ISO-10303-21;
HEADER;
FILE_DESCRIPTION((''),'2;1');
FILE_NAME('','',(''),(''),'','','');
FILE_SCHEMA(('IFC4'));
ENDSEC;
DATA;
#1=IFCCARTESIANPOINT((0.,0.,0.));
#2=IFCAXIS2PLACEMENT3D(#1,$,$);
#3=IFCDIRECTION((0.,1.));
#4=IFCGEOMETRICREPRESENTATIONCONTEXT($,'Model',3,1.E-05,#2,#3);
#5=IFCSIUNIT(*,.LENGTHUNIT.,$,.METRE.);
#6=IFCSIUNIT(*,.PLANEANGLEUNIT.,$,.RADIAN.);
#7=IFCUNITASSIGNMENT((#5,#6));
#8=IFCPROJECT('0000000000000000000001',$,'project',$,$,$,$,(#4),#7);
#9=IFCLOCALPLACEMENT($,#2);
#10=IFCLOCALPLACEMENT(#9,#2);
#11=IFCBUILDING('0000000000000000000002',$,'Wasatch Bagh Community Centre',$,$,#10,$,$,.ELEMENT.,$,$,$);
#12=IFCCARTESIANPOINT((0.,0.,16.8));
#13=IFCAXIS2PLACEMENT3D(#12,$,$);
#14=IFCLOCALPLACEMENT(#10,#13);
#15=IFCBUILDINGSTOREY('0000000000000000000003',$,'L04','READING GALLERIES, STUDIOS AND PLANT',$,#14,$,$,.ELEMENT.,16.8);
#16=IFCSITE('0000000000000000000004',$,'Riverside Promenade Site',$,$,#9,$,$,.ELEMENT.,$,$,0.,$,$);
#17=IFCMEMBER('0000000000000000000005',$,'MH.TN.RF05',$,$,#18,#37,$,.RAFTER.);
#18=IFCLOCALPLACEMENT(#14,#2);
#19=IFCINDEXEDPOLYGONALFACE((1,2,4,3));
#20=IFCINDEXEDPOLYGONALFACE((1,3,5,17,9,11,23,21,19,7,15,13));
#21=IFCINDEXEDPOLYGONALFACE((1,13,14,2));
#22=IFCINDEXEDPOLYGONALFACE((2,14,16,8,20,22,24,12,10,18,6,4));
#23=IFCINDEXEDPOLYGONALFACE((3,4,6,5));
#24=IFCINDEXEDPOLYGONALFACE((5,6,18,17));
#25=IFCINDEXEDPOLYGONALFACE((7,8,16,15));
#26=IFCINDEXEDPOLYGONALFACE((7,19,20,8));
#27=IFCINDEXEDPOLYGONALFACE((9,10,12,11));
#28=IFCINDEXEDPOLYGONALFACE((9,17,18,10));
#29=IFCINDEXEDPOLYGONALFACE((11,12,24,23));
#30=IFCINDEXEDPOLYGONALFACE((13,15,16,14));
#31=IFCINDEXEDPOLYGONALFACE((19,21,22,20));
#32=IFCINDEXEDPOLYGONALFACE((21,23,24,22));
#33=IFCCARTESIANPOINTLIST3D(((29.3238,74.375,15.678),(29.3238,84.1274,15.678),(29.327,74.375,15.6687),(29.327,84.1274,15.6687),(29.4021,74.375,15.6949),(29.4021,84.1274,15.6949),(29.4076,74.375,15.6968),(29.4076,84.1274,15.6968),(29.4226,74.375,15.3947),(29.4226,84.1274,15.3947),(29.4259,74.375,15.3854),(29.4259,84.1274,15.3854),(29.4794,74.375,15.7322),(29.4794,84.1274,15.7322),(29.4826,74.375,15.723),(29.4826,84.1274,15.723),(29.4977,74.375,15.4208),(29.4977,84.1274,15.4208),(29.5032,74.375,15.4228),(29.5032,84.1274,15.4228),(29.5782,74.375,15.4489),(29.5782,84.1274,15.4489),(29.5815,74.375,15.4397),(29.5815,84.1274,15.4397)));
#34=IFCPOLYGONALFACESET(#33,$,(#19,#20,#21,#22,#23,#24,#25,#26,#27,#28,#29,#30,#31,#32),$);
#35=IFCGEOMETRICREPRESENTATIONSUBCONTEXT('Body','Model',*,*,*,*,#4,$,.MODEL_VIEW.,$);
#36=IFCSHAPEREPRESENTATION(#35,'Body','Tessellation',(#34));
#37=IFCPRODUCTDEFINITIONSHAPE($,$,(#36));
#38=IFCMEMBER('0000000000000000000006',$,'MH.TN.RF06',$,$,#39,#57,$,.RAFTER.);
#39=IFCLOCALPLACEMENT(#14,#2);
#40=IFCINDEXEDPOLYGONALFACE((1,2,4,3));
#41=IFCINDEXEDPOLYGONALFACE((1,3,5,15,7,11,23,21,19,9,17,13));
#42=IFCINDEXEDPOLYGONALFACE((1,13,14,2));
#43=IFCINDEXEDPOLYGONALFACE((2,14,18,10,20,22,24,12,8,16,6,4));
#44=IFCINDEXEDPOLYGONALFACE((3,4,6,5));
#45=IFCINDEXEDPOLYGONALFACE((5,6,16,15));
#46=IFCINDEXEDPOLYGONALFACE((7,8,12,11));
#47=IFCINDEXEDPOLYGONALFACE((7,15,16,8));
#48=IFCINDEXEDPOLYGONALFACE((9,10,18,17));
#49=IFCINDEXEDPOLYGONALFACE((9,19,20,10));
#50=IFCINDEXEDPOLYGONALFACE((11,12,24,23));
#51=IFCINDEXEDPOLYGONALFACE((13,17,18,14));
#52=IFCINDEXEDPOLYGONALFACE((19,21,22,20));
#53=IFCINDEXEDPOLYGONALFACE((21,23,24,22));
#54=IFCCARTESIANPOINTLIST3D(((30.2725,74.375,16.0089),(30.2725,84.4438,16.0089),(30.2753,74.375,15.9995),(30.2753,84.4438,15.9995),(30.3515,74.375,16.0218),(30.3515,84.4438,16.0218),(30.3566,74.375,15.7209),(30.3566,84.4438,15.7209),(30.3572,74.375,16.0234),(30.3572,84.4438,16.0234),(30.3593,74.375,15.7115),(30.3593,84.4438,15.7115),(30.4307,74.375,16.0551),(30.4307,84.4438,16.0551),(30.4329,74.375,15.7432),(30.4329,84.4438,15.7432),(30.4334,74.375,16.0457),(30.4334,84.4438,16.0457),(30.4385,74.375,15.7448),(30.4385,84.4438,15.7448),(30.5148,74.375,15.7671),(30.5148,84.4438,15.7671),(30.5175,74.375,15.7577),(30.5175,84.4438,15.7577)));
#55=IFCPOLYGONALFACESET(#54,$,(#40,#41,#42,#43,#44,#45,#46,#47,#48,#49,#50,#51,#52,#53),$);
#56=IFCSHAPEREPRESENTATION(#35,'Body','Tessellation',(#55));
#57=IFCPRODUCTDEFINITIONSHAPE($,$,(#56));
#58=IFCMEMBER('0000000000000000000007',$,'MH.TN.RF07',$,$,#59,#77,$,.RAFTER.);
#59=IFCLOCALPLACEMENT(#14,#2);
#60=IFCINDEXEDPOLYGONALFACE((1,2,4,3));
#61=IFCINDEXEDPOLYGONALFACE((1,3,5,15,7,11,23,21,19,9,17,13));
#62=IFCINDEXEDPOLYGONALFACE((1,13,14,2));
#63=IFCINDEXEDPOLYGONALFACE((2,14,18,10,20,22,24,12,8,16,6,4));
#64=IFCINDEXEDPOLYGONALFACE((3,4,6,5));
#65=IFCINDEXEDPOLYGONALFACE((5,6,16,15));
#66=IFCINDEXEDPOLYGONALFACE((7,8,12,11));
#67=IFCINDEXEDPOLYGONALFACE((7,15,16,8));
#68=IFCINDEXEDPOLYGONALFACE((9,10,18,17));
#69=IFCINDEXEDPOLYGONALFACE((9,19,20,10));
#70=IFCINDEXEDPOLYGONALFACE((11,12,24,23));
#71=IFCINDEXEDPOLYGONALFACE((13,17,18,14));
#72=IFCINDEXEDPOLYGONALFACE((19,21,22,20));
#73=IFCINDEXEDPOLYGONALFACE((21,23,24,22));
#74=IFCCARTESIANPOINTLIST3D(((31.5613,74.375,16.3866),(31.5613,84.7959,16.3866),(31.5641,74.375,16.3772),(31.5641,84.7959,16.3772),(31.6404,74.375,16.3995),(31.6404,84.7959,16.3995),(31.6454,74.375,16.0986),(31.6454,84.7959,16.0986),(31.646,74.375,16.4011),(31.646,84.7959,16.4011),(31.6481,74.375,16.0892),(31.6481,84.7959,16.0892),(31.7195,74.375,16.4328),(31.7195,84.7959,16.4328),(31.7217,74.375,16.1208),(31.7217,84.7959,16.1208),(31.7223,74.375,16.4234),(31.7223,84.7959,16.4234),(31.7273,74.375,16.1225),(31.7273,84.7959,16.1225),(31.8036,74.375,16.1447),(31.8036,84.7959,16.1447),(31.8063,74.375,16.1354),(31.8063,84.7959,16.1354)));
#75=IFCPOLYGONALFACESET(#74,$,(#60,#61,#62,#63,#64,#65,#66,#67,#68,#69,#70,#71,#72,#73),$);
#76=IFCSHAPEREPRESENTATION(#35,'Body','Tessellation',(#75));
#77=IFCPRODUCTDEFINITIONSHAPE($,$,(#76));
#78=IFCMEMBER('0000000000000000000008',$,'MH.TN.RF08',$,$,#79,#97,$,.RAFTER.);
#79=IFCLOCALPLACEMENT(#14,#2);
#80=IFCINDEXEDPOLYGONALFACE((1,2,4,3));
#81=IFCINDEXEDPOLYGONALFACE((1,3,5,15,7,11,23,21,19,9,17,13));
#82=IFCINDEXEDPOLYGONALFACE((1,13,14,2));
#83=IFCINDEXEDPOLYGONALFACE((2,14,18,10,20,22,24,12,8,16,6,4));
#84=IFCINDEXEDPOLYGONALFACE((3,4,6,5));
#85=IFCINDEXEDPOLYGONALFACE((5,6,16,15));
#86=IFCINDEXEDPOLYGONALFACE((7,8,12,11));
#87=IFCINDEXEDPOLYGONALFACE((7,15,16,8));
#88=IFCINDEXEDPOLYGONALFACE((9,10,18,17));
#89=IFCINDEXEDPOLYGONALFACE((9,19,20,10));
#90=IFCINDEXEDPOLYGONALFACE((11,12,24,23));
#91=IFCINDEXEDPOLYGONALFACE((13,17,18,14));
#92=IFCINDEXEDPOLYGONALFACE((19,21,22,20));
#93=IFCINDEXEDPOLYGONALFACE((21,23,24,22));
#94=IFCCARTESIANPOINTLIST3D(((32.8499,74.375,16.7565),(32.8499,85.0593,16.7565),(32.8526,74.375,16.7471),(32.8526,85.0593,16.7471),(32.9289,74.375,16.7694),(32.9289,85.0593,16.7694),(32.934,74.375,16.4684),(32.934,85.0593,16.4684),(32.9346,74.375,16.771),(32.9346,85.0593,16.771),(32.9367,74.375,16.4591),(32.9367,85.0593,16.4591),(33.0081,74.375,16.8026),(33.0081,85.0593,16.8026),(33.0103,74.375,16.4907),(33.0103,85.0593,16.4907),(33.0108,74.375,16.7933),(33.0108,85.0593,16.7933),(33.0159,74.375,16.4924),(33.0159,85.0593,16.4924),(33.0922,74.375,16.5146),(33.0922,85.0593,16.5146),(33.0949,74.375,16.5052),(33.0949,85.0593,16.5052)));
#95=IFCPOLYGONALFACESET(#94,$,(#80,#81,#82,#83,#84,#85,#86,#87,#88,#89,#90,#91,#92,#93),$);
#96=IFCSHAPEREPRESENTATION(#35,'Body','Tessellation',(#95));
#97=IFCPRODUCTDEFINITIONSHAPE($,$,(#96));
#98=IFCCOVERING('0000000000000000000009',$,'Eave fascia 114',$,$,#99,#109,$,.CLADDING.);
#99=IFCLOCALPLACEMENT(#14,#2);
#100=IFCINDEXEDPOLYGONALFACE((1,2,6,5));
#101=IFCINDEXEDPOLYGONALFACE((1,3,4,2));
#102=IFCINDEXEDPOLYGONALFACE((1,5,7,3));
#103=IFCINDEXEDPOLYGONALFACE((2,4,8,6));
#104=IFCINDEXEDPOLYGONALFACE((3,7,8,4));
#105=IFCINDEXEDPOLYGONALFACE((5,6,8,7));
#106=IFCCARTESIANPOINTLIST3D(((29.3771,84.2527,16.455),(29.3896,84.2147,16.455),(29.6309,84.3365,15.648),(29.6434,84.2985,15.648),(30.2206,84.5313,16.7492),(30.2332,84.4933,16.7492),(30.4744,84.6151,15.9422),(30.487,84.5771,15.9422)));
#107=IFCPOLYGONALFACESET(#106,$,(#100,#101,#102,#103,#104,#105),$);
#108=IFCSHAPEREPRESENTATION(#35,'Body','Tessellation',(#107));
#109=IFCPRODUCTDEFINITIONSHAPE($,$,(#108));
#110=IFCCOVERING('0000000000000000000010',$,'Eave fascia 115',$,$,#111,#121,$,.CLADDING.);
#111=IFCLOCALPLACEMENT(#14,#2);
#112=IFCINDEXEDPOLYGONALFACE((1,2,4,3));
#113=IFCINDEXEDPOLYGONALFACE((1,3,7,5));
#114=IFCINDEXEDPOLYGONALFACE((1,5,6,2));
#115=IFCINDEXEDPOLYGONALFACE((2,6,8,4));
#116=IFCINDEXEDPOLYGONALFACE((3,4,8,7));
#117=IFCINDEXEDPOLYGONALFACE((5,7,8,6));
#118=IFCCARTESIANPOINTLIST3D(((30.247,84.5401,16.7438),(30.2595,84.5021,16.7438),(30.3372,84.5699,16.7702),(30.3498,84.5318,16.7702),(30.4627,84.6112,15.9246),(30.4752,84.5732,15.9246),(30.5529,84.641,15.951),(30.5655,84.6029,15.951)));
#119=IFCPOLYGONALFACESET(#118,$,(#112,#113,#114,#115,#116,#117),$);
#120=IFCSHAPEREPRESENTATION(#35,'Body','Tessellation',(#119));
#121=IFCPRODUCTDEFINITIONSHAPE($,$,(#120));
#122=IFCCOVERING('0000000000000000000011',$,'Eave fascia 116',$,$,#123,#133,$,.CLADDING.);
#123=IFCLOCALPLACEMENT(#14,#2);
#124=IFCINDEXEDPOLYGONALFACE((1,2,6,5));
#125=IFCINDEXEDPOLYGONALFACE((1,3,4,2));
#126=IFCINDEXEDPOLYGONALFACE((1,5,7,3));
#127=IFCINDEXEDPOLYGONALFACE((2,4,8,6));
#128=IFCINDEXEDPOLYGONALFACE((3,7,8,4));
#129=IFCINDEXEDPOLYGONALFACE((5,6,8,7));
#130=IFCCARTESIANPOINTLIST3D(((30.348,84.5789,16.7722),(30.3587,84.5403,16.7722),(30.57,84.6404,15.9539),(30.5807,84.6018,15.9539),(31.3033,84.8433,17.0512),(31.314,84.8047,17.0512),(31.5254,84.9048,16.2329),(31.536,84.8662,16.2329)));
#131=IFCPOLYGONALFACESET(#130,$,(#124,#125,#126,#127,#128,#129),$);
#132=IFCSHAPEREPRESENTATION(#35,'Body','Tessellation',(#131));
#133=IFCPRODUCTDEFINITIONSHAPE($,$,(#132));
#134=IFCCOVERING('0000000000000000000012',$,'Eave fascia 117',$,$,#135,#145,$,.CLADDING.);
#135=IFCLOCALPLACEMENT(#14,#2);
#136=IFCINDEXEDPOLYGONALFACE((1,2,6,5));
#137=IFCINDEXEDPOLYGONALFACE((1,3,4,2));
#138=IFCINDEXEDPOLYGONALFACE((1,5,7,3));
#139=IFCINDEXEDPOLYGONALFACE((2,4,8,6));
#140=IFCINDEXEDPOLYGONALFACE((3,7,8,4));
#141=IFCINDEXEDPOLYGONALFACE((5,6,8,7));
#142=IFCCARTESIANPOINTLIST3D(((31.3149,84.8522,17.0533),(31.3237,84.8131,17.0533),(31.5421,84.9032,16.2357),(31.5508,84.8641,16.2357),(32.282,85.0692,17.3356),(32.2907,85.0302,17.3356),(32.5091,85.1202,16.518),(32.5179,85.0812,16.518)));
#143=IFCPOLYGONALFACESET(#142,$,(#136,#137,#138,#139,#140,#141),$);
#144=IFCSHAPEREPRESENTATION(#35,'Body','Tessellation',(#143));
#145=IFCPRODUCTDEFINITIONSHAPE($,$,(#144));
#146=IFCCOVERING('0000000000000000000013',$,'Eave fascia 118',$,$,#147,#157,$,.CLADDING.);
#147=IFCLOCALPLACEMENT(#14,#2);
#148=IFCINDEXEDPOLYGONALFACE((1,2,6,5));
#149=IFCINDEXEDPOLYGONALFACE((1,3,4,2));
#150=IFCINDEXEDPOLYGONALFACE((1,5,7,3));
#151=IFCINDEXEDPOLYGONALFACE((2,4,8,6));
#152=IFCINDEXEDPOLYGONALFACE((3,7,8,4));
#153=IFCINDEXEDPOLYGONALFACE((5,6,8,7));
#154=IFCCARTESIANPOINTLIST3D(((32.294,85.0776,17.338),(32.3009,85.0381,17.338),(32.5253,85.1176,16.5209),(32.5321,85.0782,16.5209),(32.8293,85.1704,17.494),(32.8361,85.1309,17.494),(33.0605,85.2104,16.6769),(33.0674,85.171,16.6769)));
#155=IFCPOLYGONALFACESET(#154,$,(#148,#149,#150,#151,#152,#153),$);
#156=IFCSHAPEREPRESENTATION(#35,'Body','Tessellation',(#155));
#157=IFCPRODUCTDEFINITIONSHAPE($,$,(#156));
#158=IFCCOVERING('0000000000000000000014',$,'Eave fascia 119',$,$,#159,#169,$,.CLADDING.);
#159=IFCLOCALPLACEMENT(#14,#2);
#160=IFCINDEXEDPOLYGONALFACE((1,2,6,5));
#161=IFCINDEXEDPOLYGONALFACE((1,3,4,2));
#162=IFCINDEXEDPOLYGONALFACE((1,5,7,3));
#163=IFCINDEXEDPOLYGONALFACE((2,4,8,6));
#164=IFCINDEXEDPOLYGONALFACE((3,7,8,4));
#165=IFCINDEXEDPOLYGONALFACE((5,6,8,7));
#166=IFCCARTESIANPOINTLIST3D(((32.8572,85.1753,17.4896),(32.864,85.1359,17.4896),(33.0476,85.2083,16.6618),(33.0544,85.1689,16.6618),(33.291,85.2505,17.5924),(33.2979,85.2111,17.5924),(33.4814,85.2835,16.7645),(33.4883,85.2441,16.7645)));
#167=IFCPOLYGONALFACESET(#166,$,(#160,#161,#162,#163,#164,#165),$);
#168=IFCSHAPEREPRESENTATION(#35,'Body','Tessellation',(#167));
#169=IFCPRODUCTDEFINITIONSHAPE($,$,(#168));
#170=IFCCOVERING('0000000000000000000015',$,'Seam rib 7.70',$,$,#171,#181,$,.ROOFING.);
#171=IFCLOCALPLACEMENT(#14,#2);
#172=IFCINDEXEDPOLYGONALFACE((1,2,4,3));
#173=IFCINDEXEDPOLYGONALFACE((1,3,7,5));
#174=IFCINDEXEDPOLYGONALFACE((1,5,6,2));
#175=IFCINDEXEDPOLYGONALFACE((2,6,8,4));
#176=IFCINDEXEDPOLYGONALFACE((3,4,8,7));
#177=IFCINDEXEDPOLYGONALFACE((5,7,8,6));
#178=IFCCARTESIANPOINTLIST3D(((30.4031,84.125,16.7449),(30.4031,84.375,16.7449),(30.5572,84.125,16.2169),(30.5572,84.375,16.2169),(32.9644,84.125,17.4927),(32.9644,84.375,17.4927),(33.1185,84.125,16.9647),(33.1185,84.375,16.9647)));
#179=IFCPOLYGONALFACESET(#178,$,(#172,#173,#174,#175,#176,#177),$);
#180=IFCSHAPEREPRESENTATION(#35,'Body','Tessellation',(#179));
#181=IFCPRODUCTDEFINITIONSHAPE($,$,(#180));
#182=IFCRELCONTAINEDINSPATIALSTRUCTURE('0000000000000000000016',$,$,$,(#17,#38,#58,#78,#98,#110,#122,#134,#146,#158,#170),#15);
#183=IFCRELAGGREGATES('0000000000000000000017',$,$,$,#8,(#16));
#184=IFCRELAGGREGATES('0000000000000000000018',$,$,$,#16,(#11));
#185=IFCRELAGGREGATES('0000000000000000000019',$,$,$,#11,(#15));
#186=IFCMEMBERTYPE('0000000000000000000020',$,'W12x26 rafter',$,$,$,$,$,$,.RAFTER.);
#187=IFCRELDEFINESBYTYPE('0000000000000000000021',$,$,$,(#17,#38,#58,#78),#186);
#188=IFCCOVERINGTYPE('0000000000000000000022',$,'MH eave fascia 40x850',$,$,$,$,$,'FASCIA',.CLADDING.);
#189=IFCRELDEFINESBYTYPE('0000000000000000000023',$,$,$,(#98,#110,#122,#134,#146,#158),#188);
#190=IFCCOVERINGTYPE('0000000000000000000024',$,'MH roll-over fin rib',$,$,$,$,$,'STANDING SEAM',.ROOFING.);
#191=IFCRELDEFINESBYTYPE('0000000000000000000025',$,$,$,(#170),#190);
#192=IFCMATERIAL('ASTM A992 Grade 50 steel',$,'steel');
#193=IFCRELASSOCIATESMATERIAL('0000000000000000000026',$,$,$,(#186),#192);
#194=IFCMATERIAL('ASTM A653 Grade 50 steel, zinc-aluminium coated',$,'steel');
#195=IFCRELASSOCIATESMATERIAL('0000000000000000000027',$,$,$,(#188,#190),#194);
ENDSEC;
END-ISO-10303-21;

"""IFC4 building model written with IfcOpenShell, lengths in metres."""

from ifc_helpers import new_model, si_unit, direction, frame, origin, origin_2d, place, context, subcontext, project, spatial, polyline, rectangle, i_section, outline, extrude, material, material_profile, profile_set, type_object, element, save


model = new_model("IFC4")

# Units and contexts
model_context = context("Model", 3, precision=1e-05, world=origin(), true_north=direction((0.0, 1.0)))
body_context = subcontext(model_context, "Body", "Model", "MODEL_VIEW")
ifc_project = project(units=[si_unit("LENGTHUNIT", "METRE"), si_unit("PLANEANGLEUNIT", "RADIAN")], contexts=[model_context])

# Site, building, storey
site_placement = place(None, origin())
site = spatial("IfcSite", under=ifc_project, at=site_placement, Name="Riverside Promenade Site", CompositionType="ELEMENT", RefElevation=0.0)
building_placement = place(site_placement, origin())
building = spatial("IfcBuilding", under=site, at=building_placement, Name="Wasatch Bagh Community Centre", CompositionType="ELEMENT")
storey_placement = place(building_placement, frame((0.0, 0.0, 16.8)))
storey = spatial("IfcBuildingStorey", under=building, at=storey_placement, Name="L04", Description="READING GALLERIES, STUDIOS AND PLANT", CompositionType="ELEMENT", Elevation=16.8)

# Members
ifc_material_1 = material(Name="ASTM A992 Grade 50 steel", Category="steel")
ifc_material_profile_1 = material_profile(ifc_material_1, i_section(OverallWidth=0.1648, OverallDepth=0.3098, WebThickness=0.0059, FlangeThickness=0.0098, at=origin_2d()), Name="W12x26")
ifc_profile_set_1 = profile_set([ifc_material_profile_1], Name="ASTM A992 Grade 50 steel")
member_type = type_object("IfcMemberType", Name="W12x26 rafter", PredefinedType="RAFTER", material=ifc_profile_set_1)
member_1_placement = place(storey_placement, frame((29.4526, 84.1274, 15.5588), z_axis=(0.0, -1.0, 0.0), x_axis=(0.944194, 0.0, 0.329389)))
element("IfcMember", 1, at=member_1_placement, inside=storey, type_object=member_type, Name="MH.TN.RF05", PredefinedType="RAFTER", context=body_context, shape_type="SweptSolid", body=[
    extrude(i_section(OverallWidth=0.1648, OverallDepth=0.3098, WebThickness=0.0059, FlangeThickness=0.0098, at=origin_2d()), origin(), (0.0, 0.0, 1.0), 9.7524),
])
member_2_placement = place(storey_placement, frame((30.395, 84.4438, 15.8833), z_axis=(0.0, -1.0, 0.0), x_axis=(0.959938, 0.0, 0.280214)))
element("IfcMember", 2, at=member_2_placement, inside=storey, type_object=member_type, Name="MH.TN.RF06", PredefinedType="RAFTER", context=body_context, shape_type="SweptSolid", body=[
    extrude(i_section(OverallWidth=0.1648, OverallDepth=0.3098, WebThickness=0.0059, FlangeThickness=0.0098, at=origin_2d()), origin(), (0.0, 0.0, 1.0), 10.0688),
])
member_3_placement = place(storey_placement, frame((31.6838, 84.7959, 16.261), z_axis=(0.0, -1.0, 0.0), x_axis=(0.959938, 0.0, 0.280214)))
element("IfcMember", 3, at=member_3_placement, inside=storey, type_object=member_type, Name="MH.TN.RF07", PredefinedType="RAFTER", context=body_context, shape_type="SweptSolid", body=[
    extrude(i_section(OverallWidth=0.1648, OverallDepth=0.3098, WebThickness=0.0059, FlangeThickness=0.0098, at=origin_2d()), origin(), (0.0, 0.0, 1.0), 10.4209),
])
member_4_placement = place(storey_placement, frame((32.9724, 85.0593, 16.6309), z_axis=(0.0, -1.0, 0.0), x_axis=(0.959938, 0.0, 0.280214)))
element("IfcMember", 4, at=member_4_placement, inside=storey, type_object=member_type, Name="MH.TN.RF08", PredefinedType="RAFTER", context=body_context, shape_type="SweptSolid", body=[
    extrude(i_section(OverallWidth=0.1648, OverallDepth=0.3098, WebThickness=0.0059, FlangeThickness=0.0098, at=origin_2d()), origin(), (0.0, 0.0, 1.0), 10.6843),
])

# Coverings
ifc_material_2 = material(Name="ASTM A653 Grade 50 steel, zinc-aluminium coated", Category="steel")
ifc_material_profile_2 = material_profile(ifc_material_2, rectangle(XDim=0.04, YDim=0.8501, at=origin_2d()), Name="FASCIA 40x850")
ifc_profile_set_2 = profile_set([ifc_material_profile_2], Name="ASTM A653 Grade 50 steel, zinc-aluminium coated")
covering_type_1 = type_object("IfcCoveringType", Name="MH eave fascia 40x850", ElementType="FASCIA", PredefinedType="CLADDING", material=ifc_profile_set_2)
covering_1_placement = place(storey_placement, frame((29.5103, 84.2756, 16.0515), z_axis=(0.901412, 0.297688, 0.314385), x_axis=(-0.313588, 0.949559, 0.0)))
element("IfcCovering", 5, at=covering_1_placement, inside=storey, type_object=covering_type_1, Name="Eave fascia 114", PredefinedType="CLADDING", context=body_context, shape_type="SweptSolid", body=[
    extrude(rectangle(XDim=0.04, YDim=0.8501, at=origin_2d()), origin(), (0.0, 0.0, 1.0), 0.9358),
])
covering_2_placement = place(storey_placement, frame((30.3611, 84.5566, 16.3342), z_axis=(0.915191, 0.301766, 0.267137), x_axis=(-0.313146, 0.949705, 0.0)))
element("IfcCovering", 6, at=covering_2_placement, inside=storey, type_object=covering_type_1, Name="Eave fascia 115", PredefinedType="CLADDING", context=body_context, shape_type="SweptSolid", body=[
    extrude(rectangle(XDim=0.04, YDim=0.8501, at=origin_2d()), origin(), (0.0, 0.0, 1.0), 0.0986),
])
covering_3_placement = place(storey_placement, frame((30.4644, 84.5903, 16.363), z_axis=(0.927707, 0.256761, 0.270986), x_axis=(-0.266742, 0.963768, 0.0)))
element("IfcCovering", 7, at=covering_3_placement, inside=storey, type_object=covering_type_1, Name="Eave fascia 116", PredefinedType="CLADDING", context=body_context, shape_type="SweptSolid", body=[
    extrude(rectangle(XDim=0.04, YDim=0.8501, at=origin_2d()), origin(), (0.0, 0.0, 1.0), 1.0298),
])
covering_4_placement = place(storey_placement, frame((31.4329, 84.8582, 16.6445), z_axis=(0.938421, 0.210618, 0.273874), x_axis=(-0.21899, 0.975727, 0.0)))
element("IfcCovering", 8, at=covering_4_placement, inside=storey, type_object=covering_type_1, Name="Eave fascia 117", PredefinedType="CLADDING", context=body_context, shape_type="SweptSolid", body=[
    extrude(rectangle(XDim=0.04, YDim=0.8501, at=origin_2d()), origin(), (0.0, 0.0, 1.0), 1.0305),
])
covering_5_placement = place(storey_placement, frame((32.4131, 85.0779, 16.9294), z_axis=(0.947013, 0.164172, 0.276068), x_axis=(-0.17081, 0.985304, 0.0)))
element("IfcCovering", 9, at=covering_5_placement, inside=storey, type_object=covering_type_1, Name="Eave fascia 118", PredefinedType="CLADDING", context=body_context, shape_type="SweptSolid", body=[
    extrude(rectangle(XDim=0.04, YDim=0.8501, at=origin_2d()), origin(), (0.0, 0.0, 1.0), 0.5652),
])
covering_6_placement = place(storey_placement, frame((32.9558, 85.1721, 17.0757), z_axis=(0.959513, 0.166308, 0.227324), x_axis=(-0.17078, 0.985309, 0.0)))
element("IfcCovering", 10, at=covering_6_placement, inside=storey, type_object=covering_type_1, Name="Eave fascia 119", PredefinedType="CLADDING", context=body_context, shape_type="SweptSolid", body=[
    extrude(rectangle(XDim=0.04, YDim=0.8501, at=origin_2d()), origin(), (0.0, 0.0, 1.0), 0.4521),
])
covering_type_2 = type_object("IfcCoveringType", Name="MH roll-over fin rib", ElementType="STANDING SEAM", PredefinedType="ROOFING", material=ifc_material_2)
covering_7_placement = place(storey_placement, frame((30.4031, 84.125, 16.7449), z_axis=(-0.280264, 0.0, 0.959923), x_axis=(0.959923, 0.0, 0.280264)))
element("IfcCovering", 11, at=covering_7_placement, inside=storey, type_object=covering_type_2, Name="Seam rib 7.70", PredefinedType="ROOFING", context=body_context, shape_type="SweptSolid", body=[
    extrude(outline(polyline([(0.0, 0.0), (2.6682, 0.0), (2.6682, 0.25), (0.0, 0.25), (0.0, 0.0)])), origin(), (0.0, 0.0, -1.0), 0.55),
])

save(model, "model.ifc")
